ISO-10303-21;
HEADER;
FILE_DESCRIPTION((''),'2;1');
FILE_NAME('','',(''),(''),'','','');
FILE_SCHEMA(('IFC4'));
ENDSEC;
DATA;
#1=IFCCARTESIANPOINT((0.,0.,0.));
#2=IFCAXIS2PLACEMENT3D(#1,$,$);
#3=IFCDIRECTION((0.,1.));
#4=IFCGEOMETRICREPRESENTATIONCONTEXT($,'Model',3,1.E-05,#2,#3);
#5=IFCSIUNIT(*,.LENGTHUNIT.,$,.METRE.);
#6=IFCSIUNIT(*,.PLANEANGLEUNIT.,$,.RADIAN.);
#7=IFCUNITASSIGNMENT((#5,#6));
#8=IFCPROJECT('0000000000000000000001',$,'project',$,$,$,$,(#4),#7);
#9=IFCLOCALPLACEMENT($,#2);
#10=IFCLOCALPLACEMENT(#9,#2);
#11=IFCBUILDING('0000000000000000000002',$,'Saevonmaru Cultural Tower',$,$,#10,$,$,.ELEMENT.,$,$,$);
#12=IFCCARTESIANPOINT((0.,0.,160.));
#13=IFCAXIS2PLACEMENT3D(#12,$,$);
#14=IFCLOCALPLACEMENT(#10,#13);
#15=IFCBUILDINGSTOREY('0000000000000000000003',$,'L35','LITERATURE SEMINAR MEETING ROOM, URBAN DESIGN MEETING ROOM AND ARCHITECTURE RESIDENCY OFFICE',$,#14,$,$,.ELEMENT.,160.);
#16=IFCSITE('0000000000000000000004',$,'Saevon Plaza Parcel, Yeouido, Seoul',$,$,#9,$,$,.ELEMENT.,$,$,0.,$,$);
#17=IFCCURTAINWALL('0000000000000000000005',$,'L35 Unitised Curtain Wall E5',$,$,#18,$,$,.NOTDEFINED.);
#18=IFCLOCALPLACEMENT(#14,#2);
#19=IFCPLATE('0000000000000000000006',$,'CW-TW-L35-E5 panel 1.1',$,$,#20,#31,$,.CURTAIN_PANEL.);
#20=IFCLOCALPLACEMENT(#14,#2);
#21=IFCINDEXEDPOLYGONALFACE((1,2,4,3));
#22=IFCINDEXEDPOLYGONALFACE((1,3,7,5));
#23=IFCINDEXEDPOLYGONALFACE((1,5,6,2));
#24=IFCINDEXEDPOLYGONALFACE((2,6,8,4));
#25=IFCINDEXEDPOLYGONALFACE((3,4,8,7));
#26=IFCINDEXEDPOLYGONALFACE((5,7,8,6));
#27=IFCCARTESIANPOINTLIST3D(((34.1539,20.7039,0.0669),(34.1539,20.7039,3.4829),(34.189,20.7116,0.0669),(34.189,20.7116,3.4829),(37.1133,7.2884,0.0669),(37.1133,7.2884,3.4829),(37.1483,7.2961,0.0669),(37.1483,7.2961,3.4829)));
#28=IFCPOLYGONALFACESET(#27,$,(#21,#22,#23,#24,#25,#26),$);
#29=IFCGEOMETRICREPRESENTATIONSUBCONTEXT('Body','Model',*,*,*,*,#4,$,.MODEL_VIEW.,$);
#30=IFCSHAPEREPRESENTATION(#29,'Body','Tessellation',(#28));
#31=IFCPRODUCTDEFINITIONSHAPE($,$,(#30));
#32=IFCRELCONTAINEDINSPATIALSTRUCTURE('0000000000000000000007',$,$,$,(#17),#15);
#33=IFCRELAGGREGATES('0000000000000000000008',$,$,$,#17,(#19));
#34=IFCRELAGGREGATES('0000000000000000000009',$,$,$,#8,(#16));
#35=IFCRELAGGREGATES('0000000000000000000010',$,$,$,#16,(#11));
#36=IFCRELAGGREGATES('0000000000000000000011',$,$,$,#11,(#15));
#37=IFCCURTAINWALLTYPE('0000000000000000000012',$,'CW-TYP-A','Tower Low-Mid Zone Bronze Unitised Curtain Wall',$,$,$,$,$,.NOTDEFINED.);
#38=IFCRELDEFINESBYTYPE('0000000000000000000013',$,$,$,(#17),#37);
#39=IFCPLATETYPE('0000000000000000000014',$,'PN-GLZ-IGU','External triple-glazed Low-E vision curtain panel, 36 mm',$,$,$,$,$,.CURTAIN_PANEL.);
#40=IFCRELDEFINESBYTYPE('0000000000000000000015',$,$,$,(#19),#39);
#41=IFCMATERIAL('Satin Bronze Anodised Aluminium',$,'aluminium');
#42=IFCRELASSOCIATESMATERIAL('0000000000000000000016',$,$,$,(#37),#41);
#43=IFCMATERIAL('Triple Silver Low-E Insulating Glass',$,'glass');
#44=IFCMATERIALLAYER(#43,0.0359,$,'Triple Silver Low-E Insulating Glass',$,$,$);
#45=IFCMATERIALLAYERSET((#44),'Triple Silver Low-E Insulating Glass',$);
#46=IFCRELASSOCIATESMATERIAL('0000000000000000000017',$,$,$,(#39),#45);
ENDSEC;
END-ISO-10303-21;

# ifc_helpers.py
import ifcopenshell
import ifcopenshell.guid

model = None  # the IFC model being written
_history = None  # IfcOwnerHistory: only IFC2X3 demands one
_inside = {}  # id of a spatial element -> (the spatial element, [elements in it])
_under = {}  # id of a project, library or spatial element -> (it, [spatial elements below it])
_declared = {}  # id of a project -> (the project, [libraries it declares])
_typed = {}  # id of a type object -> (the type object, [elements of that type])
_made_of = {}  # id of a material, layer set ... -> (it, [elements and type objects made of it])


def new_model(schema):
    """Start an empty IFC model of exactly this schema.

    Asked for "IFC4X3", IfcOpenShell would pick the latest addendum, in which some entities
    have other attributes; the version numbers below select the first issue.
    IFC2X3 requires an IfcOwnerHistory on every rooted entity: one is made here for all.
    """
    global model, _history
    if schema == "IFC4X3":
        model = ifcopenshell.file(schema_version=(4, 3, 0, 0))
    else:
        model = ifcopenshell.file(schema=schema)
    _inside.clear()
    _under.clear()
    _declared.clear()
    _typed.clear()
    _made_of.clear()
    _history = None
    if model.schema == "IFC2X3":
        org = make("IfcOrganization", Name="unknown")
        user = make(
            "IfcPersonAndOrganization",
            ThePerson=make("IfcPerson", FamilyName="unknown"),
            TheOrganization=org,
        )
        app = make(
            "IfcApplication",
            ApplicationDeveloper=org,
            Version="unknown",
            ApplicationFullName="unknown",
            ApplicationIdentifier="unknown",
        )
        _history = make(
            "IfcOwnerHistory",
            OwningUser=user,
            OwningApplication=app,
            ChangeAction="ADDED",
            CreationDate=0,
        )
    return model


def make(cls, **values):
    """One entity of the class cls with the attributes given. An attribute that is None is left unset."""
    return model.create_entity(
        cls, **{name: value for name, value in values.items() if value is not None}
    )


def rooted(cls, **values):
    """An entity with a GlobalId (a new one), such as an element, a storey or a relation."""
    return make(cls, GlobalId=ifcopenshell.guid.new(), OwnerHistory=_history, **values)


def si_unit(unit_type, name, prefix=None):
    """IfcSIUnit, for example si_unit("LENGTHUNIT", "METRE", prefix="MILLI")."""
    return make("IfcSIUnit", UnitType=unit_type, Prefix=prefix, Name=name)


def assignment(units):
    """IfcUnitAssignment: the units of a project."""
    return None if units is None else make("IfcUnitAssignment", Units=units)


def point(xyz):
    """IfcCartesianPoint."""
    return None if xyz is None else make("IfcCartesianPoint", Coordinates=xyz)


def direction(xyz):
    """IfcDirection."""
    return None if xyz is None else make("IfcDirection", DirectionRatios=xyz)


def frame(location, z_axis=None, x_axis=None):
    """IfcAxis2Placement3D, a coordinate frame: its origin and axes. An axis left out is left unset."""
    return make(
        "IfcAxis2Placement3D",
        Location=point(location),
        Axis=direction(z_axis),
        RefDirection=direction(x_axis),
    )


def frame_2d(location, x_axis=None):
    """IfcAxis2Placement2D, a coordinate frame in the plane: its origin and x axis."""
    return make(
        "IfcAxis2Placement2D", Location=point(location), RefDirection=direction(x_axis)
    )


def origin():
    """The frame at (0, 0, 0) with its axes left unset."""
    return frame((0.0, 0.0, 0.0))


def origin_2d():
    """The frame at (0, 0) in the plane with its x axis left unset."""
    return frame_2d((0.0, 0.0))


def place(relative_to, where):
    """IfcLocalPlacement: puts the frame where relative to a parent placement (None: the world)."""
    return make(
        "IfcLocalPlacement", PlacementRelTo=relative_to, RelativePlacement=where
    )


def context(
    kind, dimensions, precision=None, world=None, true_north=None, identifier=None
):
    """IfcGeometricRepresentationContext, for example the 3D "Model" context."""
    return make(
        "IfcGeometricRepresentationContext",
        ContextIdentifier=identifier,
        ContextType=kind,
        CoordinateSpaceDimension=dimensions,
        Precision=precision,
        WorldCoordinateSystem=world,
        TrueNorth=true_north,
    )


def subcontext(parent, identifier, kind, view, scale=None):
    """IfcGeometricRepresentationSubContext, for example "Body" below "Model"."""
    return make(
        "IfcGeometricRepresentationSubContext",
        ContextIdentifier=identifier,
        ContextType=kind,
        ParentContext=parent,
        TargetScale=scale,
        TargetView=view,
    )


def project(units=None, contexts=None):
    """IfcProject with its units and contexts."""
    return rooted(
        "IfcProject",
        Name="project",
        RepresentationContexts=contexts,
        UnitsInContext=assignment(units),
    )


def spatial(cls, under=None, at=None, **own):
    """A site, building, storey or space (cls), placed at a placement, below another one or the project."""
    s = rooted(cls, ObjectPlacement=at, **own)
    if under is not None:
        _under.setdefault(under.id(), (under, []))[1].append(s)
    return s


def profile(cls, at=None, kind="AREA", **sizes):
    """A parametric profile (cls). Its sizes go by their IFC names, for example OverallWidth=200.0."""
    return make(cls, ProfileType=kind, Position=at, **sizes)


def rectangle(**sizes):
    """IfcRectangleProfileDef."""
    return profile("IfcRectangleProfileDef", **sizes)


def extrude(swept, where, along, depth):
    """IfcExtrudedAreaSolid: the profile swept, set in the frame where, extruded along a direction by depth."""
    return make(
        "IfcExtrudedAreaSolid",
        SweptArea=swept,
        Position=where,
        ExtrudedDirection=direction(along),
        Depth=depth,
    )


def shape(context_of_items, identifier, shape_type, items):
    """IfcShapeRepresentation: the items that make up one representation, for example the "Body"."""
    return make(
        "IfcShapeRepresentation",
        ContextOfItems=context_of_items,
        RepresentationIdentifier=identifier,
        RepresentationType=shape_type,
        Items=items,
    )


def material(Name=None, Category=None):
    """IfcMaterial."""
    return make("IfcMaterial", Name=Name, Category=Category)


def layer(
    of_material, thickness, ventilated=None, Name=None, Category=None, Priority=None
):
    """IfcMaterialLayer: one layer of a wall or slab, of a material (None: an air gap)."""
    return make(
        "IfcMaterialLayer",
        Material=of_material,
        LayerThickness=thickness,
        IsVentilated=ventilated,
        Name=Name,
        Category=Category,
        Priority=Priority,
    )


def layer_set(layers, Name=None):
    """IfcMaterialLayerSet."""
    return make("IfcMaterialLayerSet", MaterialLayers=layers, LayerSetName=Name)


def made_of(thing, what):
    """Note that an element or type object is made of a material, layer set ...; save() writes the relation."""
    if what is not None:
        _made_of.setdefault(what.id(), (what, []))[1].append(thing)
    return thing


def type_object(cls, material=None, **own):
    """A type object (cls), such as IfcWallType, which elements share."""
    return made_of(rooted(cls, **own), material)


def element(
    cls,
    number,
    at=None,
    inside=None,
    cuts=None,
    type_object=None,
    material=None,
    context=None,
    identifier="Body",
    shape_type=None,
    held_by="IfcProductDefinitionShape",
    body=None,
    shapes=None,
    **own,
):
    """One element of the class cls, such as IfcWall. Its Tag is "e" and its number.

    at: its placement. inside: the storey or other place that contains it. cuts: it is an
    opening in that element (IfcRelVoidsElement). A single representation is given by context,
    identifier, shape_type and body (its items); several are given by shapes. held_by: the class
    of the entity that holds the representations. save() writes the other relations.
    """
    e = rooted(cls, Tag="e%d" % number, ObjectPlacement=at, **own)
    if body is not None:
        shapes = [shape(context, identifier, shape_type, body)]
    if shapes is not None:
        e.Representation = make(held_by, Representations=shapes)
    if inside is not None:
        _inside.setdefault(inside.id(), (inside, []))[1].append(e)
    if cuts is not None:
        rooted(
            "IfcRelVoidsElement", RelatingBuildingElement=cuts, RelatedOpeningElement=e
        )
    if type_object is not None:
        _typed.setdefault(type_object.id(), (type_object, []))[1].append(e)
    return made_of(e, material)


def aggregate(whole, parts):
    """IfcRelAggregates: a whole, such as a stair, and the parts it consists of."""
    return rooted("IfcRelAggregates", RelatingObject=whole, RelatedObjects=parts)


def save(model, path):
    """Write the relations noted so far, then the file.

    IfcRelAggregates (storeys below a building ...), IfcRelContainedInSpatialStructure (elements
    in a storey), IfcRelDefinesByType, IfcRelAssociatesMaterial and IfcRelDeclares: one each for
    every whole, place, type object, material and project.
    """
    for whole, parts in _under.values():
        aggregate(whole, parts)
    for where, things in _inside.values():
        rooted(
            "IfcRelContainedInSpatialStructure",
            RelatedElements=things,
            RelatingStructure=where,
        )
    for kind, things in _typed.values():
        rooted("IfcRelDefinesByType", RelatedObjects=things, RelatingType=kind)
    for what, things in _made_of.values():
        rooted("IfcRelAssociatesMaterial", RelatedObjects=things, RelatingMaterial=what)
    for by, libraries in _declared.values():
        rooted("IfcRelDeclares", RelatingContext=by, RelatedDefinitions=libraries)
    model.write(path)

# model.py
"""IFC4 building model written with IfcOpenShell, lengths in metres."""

from ifc_helpers import new_model, si_unit, direction, frame, origin, origin_2d, place, context, subcontext, project, spatial, rectangle, extrude, material, layer, layer_set, type_object, element, aggregate, save


model = new_model("IFC4")

# Units and contexts
model_context = context("Model", 3, precision=1e-05, world=origin(), true_north=direction((0.0, 1.0)))
body_context = subcontext(model_context, "Body", "Model", "MODEL_VIEW")
ifc_project = project(units=[si_unit("LENGTHUNIT", "METRE"), si_unit("PLANEANGLEUNIT", "RADIAN")], contexts=[model_context])

# Site, building, storey
site_placement = place(None, origin())
site = spatial("IfcSite", under=ifc_project, at=site_placement, Name="Saevon Plaza Parcel, Yeouido, Seoul", CompositionType="ELEMENT", RefElevation=0.0)
building_placement = place(site_placement, origin())
building = spatial("IfcBuilding", under=site, at=building_placement, Name="Saevonmaru Cultural Tower", CompositionType="ELEMENT")
storey_placement = place(building_placement, frame((0.0, 0.0, 160.0)))
storey = spatial("IfcBuildingStorey", under=building, at=storey_placement, Name="L35", Description="LITERATURE SEMINAR MEETING ROOM, URBAN DESIGN MEETING ROOM AND ARCHITECTURE RESIDENCY OFFICE", CompositionType="ELEMENT", Elevation=160.0)

# Shared definitions
ifc_material_1 = material(Name="Satin Bronze Anodised Aluminium", Category="aluminium")
curtain_wall_type_1 = type_object("IfcCurtainWallType", Name="CW-TYP-A", Description="Tower Low-Mid Zone Bronze Unitised Curtain Wall", PredefinedType="NOTDEFINED", material=ifc_material_1)

# Curtain wall
curtain_wall_1_placement = place(storey_placement, origin())
curtain_wall_1 = element("IfcCurtainWall", 1, at=curtain_wall_1_placement, inside=storey, type_object=curtain_wall_type_1, Name="L35 Unitised Curtain Wall E5", PredefinedType="NOTDEFINED")

# Plate
ifc_material_2 = material(Name="Triple Silver Low-E Insulating Glass", Category="glass")
ifc_layer_1 = layer(ifc_material_2, 0.0359, Name="Triple Silver Low-E Insulating Glass")
ifc_layer_set_1 = layer_set([ifc_layer_1], Name="Triple Silver Low-E Insulating Glass")
plate_type_1 = type_object("IfcPlateType", Name="PN-GLZ-IGU", Description="External triple-glazed Low-E vision curtain panel, 36 mm", PredefinedType="CURTAIN_PANEL", material=ifc_layer_set_1)
plate_1_placement = place(storey_placement, frame((35.6511, 14.0, 0.0669), z_axis=(0.0, 0.0, 1.0), x_axis=(0.215413, -0.976523, 0.0)))
plate_1 = element("IfcPlate", 2, at=plate_1_placement, type_object=plate_type_1, Name="CW-TW-L35-E5 panel 1.1", PredefinedType="CURTAIN_PANEL", context=body_context, shape_type="SweptSolid", body=[
    extrude(rectangle(XDim=13.738, YDim=0.0359, at=origin_2d()), origin(), (0.0, 0.0, 1.0), 3.416),
])
aggregate(curtain_wall_1, [plate_1])

save(model, "model.ifc")
